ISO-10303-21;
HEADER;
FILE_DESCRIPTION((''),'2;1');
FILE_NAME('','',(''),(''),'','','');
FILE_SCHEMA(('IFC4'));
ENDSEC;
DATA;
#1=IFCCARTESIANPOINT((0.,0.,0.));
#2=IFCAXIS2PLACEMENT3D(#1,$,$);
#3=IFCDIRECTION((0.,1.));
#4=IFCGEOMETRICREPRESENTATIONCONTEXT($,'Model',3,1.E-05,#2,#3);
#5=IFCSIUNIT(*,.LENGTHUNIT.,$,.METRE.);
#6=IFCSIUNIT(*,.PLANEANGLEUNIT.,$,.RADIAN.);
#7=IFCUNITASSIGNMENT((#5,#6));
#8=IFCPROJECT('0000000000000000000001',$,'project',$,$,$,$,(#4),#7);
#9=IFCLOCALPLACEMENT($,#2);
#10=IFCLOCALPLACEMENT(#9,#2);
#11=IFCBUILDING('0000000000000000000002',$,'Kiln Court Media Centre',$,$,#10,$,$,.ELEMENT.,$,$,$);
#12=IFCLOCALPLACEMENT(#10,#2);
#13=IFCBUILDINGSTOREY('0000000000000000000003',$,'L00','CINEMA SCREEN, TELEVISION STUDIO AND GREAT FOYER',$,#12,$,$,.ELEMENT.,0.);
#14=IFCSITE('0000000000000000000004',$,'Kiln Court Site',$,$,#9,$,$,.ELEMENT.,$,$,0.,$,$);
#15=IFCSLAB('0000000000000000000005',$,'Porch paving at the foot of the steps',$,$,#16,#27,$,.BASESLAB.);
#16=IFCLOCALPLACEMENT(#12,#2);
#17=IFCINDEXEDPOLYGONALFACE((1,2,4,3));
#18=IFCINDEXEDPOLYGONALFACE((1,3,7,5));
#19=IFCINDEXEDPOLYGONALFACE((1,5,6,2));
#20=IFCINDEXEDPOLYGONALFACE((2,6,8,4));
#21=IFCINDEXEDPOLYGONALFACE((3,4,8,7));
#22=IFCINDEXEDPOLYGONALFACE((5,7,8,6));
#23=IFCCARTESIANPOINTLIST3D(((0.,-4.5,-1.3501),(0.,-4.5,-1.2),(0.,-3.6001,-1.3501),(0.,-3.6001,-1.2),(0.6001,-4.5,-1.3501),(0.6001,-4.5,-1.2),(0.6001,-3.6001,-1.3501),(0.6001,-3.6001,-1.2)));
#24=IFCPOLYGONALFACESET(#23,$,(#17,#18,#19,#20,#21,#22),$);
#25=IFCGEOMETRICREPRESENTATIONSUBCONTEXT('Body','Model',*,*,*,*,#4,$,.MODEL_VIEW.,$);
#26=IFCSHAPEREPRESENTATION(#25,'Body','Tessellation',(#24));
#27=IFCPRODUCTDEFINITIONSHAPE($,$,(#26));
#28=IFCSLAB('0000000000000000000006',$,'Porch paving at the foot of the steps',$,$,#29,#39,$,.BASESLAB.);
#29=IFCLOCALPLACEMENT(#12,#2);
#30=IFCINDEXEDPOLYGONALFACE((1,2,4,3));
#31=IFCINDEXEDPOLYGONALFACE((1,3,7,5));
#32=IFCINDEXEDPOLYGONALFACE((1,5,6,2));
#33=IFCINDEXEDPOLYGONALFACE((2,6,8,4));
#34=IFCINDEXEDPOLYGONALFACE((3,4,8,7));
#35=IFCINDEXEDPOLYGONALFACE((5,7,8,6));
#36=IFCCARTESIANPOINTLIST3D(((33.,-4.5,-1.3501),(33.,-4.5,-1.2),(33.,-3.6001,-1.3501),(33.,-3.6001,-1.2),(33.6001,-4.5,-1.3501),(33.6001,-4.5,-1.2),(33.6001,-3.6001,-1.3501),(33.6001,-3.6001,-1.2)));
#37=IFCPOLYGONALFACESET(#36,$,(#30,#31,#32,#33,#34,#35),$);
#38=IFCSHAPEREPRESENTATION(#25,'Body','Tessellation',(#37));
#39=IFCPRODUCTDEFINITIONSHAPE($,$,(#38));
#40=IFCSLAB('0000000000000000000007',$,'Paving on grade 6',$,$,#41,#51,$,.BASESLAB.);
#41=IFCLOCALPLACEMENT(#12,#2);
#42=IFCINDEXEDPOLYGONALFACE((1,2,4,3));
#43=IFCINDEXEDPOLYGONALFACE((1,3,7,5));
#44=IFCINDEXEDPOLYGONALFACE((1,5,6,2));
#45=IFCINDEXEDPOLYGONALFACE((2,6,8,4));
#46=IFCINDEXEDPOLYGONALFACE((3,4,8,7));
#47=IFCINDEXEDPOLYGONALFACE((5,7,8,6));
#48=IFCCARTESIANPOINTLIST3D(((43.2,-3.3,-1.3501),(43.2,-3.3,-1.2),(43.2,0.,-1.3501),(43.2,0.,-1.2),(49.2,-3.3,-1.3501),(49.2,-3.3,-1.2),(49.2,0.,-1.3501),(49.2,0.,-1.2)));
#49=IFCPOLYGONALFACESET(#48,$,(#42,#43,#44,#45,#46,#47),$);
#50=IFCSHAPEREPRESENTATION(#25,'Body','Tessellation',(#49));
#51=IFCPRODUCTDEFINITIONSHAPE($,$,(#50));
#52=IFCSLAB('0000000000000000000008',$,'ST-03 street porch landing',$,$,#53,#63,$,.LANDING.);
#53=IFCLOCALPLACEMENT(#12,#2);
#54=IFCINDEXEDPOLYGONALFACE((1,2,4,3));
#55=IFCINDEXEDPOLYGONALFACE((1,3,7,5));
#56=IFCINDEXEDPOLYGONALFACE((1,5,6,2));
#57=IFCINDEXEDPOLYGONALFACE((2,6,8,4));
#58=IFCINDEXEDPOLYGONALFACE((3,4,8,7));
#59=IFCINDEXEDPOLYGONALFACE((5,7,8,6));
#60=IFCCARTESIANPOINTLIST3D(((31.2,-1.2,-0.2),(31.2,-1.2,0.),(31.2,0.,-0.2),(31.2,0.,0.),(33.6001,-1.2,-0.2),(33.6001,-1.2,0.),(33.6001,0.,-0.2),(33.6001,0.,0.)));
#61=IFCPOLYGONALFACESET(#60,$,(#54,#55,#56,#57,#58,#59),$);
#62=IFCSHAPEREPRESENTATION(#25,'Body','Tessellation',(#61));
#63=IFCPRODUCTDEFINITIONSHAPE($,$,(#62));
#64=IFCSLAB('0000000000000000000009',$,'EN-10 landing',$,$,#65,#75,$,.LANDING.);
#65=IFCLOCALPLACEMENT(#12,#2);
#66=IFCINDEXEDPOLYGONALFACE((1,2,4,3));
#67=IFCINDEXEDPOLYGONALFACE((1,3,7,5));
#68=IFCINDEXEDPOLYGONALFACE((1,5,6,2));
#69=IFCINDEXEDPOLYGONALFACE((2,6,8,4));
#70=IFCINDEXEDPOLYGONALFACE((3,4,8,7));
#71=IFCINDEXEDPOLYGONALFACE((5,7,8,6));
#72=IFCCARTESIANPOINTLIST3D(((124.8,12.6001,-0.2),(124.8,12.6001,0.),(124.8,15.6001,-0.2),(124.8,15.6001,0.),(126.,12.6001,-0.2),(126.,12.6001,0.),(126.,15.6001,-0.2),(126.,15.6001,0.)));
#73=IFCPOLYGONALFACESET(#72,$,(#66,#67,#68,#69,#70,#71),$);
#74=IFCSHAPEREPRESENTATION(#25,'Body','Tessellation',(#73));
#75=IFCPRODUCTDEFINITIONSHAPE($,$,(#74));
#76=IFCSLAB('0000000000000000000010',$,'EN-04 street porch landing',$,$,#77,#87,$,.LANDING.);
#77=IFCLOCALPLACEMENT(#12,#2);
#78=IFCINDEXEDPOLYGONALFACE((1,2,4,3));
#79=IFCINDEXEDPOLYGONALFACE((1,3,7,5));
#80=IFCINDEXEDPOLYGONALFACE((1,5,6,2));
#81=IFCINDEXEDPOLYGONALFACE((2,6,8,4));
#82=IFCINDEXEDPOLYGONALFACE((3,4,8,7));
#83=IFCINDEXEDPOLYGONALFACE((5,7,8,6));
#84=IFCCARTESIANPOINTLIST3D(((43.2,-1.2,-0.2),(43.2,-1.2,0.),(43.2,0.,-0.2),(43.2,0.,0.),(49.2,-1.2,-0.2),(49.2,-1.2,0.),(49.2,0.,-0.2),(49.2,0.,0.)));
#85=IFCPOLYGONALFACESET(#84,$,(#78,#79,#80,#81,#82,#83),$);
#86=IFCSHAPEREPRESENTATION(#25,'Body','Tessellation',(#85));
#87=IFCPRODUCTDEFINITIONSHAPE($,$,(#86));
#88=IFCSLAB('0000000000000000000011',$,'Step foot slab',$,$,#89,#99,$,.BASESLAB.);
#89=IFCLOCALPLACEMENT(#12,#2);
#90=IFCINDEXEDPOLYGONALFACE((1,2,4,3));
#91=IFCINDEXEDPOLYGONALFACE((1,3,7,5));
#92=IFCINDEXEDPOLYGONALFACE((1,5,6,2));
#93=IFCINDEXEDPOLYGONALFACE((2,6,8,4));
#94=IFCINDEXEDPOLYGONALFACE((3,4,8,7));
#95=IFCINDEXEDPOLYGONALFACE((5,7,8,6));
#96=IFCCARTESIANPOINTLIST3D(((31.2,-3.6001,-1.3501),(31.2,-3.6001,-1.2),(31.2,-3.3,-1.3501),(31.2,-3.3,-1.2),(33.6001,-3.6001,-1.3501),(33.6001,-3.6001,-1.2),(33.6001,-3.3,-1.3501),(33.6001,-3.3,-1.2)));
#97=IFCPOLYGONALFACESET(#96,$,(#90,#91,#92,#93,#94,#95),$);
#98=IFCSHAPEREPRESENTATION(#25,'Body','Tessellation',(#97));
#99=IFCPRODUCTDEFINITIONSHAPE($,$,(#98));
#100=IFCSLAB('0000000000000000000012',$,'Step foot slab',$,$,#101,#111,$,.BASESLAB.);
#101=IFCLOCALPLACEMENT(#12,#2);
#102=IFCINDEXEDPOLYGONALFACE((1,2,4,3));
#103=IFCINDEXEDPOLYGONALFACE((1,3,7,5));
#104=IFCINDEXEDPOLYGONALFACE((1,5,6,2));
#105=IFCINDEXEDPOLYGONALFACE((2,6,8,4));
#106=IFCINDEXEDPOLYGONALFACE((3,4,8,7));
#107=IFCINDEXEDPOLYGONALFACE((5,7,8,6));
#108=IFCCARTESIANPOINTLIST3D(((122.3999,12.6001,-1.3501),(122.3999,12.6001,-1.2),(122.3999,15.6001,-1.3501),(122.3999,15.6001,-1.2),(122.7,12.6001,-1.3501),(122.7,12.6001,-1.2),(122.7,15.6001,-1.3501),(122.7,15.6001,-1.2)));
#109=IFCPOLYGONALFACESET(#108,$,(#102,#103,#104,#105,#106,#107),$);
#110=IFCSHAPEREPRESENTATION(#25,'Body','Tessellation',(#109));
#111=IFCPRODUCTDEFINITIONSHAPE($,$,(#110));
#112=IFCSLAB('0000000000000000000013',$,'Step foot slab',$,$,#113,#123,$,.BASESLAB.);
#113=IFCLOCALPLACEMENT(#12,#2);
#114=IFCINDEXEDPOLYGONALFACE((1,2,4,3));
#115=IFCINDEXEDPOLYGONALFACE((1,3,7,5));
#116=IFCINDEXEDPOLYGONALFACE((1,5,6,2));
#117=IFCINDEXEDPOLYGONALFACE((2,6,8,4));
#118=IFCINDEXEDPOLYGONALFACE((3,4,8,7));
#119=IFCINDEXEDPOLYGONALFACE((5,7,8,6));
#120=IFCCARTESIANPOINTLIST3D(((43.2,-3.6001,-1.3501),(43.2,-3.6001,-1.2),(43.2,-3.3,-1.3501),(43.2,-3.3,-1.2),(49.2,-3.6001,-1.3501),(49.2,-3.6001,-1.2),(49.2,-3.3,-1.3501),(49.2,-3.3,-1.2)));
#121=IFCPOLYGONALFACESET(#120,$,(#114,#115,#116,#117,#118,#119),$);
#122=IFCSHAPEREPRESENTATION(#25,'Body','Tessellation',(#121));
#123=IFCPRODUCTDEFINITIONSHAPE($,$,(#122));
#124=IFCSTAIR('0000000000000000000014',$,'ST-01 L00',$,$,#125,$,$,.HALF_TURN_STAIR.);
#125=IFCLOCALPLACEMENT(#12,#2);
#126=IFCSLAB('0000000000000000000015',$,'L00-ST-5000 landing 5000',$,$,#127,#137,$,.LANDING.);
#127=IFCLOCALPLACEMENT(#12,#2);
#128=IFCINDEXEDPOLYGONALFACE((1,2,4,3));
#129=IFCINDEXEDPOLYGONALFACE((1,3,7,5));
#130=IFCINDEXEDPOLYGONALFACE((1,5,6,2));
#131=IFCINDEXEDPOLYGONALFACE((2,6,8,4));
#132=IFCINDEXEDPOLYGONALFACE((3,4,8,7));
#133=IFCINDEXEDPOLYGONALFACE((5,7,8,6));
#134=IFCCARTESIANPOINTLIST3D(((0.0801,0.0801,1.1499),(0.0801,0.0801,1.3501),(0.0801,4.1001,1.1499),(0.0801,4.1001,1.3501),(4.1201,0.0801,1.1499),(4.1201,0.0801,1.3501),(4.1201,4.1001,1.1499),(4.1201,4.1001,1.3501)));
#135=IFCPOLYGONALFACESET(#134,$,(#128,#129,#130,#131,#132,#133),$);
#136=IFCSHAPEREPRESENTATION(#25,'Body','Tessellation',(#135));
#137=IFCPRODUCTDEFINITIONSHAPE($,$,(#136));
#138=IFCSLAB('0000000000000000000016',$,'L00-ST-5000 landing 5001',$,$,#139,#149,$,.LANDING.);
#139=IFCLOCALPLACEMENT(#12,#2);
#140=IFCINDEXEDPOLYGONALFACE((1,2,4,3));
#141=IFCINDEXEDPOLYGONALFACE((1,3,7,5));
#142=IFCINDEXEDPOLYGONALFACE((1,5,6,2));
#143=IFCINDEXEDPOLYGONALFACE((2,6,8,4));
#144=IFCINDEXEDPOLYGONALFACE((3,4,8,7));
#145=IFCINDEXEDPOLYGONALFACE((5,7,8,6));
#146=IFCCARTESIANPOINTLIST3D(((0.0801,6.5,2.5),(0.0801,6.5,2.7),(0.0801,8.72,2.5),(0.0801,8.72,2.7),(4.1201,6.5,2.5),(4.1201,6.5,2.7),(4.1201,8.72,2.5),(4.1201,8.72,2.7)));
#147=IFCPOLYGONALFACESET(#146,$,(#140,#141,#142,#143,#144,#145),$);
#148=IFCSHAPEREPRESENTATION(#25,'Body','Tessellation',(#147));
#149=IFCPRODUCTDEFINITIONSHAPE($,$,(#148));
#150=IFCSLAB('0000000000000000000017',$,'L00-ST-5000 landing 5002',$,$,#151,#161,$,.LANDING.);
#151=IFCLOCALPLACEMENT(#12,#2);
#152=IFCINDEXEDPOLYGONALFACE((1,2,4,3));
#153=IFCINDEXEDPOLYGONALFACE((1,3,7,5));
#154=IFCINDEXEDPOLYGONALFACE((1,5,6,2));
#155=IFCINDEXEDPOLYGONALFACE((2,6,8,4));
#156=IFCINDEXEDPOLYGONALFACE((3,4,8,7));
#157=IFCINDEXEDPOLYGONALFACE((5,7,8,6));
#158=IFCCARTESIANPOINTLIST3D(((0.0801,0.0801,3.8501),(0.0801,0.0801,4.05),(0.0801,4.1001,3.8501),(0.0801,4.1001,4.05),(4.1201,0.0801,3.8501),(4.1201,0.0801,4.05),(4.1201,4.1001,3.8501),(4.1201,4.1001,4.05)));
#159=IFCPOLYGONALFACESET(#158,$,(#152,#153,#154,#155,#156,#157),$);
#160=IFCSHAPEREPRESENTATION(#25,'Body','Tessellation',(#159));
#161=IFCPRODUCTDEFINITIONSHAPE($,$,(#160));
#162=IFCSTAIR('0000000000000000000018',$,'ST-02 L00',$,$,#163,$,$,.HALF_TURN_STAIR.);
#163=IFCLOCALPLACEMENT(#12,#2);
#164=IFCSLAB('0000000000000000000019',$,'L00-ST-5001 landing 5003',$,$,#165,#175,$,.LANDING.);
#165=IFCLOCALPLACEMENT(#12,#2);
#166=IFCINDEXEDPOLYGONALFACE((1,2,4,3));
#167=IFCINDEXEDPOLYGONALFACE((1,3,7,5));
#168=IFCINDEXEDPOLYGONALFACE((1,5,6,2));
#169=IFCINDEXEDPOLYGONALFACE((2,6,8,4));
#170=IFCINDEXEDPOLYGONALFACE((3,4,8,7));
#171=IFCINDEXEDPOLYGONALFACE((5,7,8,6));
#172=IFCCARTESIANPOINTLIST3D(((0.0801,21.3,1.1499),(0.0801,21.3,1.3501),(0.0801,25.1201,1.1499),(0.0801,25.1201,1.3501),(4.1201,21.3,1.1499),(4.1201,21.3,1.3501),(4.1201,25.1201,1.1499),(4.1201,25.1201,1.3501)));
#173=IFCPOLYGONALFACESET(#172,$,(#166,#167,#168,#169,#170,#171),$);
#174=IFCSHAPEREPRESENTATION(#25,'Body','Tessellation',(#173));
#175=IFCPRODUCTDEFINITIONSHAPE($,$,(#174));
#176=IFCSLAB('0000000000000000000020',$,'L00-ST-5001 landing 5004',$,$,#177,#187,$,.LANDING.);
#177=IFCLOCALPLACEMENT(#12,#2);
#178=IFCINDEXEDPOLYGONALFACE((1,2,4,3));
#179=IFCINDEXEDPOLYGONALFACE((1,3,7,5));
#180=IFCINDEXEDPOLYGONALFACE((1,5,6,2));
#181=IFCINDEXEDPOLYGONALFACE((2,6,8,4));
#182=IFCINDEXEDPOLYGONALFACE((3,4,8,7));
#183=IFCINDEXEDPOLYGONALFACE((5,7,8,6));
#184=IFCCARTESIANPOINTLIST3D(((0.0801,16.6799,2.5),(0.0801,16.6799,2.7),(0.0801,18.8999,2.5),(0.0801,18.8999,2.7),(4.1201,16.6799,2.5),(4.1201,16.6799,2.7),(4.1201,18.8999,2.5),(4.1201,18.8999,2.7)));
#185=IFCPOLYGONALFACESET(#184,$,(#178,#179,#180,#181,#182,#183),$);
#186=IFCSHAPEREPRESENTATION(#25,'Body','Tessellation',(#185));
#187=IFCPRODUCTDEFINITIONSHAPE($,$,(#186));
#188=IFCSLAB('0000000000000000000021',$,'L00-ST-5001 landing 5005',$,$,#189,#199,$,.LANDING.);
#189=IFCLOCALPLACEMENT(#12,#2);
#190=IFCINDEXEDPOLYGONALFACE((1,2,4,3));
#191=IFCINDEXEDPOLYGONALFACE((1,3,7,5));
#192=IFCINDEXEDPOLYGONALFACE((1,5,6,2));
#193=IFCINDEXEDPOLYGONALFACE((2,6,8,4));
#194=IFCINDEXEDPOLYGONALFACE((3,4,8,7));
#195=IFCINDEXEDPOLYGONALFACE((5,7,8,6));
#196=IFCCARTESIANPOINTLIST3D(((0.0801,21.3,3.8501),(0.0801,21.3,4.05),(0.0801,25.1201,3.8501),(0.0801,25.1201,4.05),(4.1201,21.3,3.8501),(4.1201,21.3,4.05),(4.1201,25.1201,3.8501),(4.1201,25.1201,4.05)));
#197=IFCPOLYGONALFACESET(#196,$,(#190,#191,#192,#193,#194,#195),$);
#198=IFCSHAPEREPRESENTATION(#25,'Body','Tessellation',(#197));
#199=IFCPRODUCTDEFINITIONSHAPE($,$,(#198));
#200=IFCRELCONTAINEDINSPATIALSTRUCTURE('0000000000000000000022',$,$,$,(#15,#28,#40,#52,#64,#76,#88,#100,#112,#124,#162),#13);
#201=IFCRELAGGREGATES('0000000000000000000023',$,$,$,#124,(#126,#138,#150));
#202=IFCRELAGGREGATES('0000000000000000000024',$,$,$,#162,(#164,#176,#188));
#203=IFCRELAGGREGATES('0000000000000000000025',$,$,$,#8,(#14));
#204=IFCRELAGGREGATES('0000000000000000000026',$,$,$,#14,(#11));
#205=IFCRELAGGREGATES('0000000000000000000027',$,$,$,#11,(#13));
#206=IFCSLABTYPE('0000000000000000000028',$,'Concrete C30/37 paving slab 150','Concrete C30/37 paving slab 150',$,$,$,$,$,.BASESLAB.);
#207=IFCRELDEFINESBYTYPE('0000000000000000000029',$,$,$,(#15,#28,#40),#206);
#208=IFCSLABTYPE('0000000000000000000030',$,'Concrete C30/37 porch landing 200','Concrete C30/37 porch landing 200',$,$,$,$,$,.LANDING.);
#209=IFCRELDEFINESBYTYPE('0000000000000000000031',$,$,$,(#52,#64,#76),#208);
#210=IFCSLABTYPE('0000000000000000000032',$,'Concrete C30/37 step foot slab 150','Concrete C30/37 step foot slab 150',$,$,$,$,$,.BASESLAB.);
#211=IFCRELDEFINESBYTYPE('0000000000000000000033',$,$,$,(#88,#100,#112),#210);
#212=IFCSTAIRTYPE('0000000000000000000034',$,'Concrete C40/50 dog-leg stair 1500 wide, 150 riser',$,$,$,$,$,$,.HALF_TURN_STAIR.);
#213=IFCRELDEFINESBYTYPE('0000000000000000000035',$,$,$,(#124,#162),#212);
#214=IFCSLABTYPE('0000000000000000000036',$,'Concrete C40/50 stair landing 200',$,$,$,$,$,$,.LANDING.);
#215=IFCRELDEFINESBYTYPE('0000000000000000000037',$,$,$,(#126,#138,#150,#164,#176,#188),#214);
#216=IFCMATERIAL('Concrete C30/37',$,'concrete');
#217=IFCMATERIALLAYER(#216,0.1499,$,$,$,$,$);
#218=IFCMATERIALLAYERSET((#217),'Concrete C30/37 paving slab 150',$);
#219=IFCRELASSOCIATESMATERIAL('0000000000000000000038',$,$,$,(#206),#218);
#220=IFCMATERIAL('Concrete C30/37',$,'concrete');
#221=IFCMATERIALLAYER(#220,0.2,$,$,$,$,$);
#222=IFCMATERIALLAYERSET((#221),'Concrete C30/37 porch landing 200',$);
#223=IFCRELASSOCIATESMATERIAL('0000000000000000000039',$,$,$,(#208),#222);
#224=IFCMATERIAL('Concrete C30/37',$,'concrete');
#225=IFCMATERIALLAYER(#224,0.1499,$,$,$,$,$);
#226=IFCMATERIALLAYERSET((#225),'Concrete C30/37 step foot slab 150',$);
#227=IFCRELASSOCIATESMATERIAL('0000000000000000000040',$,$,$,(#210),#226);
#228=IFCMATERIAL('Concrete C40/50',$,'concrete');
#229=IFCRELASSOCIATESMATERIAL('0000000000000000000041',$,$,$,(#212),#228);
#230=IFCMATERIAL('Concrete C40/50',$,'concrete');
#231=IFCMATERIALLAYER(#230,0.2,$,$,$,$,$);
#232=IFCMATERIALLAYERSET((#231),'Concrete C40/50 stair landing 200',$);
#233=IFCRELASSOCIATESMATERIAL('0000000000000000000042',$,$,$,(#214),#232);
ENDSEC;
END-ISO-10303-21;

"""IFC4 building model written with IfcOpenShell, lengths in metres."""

from ifc_helpers import new_model, si_unit, direction, frame, origin, place, context, subcontext, project, spatial, polyline, outline, extrude, material, layer, layer_set, type_object, element, aggregate, save


model = new_model("IFC4")

# Units and contexts
model_context = context("Model", 3, precision=1e-05, world=origin(), true_north=direction((0.0, 1.0)))
body_context = subcontext(model_context, "Body", "Model", "MODEL_VIEW")
ifc_project = project(units=[si_unit("LENGTHUNIT", "METRE"), si_unit("PLANEANGLEUNIT", "RADIAN")], contexts=[model_context])

# Site, building, storey
site_placement = place(None, origin())
site = spatial("IfcSite", under=ifc_project, at=site_placement, Name="Kiln Court Site", CompositionType="ELEMENT", RefElevation=0.0)
building_placement = place(site_placement, origin())
building = spatial("IfcBuilding", under=site, at=building_placement, Name="Kiln Court Media Centre", CompositionType="ELEMENT")
storey_placement = place(building_placement, origin())
storey = spatial("IfcBuildingStorey", under=building, at=storey_placement, Name="L00", Description="CINEMA SCREEN, TELEVISION STUDIO AND GREAT FOYER", CompositionType="ELEMENT", Elevation=0.0)

# Slabs
ifc_material_1 = material(Name="Concrete C30/37", Category="concrete")
ifc_layer_1 = layer(ifc_material_1, 0.1499)
ifc_layer_set_1 = layer_set([ifc_layer_1], Name="Concrete C30/37 paving slab 150")
slab_type_1 = type_object("IfcSlabType", Name="Concrete C30/37 paving slab 150", Description="Concrete C30/37 paving slab 150", PredefinedType="BASESLAB", material=ifc_layer_set_1)
slab_1_placement = place(storey_placement, frame((0.0, 0.0, -1.3501)))
element("IfcSlab", 1, at=slab_1_placement, inside=storey, type_object=slab_type_1, Name="Porch paving at the foot of the steps", PredefinedType="BASESLAB", context=body_context, shape_type="SweptSolid", body=[
    extrude(outline(polyline([(0.6001, -4.5), (0.6001, -3.6001), (0.0, -3.6001), (0.0, -4.5), (0.6001, -4.5)])), origin(), (0.0, 0.0, 1.0), 0.1501),
])
slab_2_placement = place(storey_placement, frame((0.0, 0.0, -1.3501)))
element("IfcSlab", 2, at=slab_2_placement, inside=storey, type_object=slab_type_1, Name="Porch paving at the foot of the steps", PredefinedType="BASESLAB", context=body_context, shape_type="SweptSolid", body=[
    extrude(outline(polyline([(33.0, -4.5), (33.6001, -4.5), (33.6001, -3.6001), (33.0, -3.6001), (33.0, -4.5)])), origin(), (0.0, 0.0, 1.0), 0.1501),
])
slab_3_placement = place(storey_placement, frame((0.0, 0.0, -1.3501)))
element("IfcSlab", 3, at=slab_3_placement, inside=storey, type_object=slab_type_1, Name="Paving on grade 6", PredefinedType="BASESLAB", context=body_context, shape_type="SweptSolid", body=[
    extrude(outline(polyline([(43.2, -3.3), (49.2, -3.3), (49.2, 0.0), (43.2, 0.0), (43.2, -3.3)])), origin(), (0.0, 0.0, 1.0), 0.1501),
])
ifc_material_2 = material(Name="Concrete C30/37", Category="concrete")
ifc_layer_2 = layer(ifc_material_2, 0.2)
ifc_layer_set_2 = layer_set([ifc_layer_2], Name="Concrete C30/37 porch landing 200")
slab_type_2 = type_object("IfcSlabType", Name="Concrete C30/37 porch landing 200", Description="Concrete C30/37 porch landing 200", PredefinedType="LANDING", material=ifc_layer_set_2)
slab_4_placement = place(storey_placement, frame((0.0, 0.0, -0.2)))
element("IfcSlab", 4, at=slab_4_placement, inside=storey, type_object=slab_type_2, Name="ST-03 street porch landing", PredefinedType="LANDING", context=body_context, shape_type="SweptSolid", body=[
    extrude(outline(polyline([(31.2, -1.2), (33.6001, -1.2), (33.6001, 0.0), (31.2, 0.0), (31.2, -1.2)])), origin(), (0.0, 0.0, 1.0), 0.2),
])
slab_5_placement = place(storey_placement, frame((0.0, 0.0, -0.2)))
element("IfcSlab", 5, at=slab_5_placement, inside=storey, type_object=slab_type_2, Name="EN-10 landing", PredefinedType="LANDING", context=body_context, shape_type="SweptSolid", body=[
    extrude(outline(polyline([(124.8, 12.6001), (126.0, 12.6001), (126.0, 15.6001), (124.8, 15.6001), (124.8, 12.6001)])), origin(), (0.0, 0.0, 1.0), 0.2),
])
slab_6_placement = place(storey_placement, frame((0.0, 0.0, -0.2)))
element("IfcSlab", 6, at=slab_6_placement, inside=storey, type_object=slab_type_2, Name="EN-04 street porch landing", PredefinedType="LANDING", context=body_context, shape_type="SweptSolid", body=[
    extrude(outline(polyline([(43.2, -1.2), (49.2, -1.2), (49.2, 0.0), (43.2, 0.0), (43.2, -1.2)])), origin(), (0.0, 0.0, 1.0), 0.2),
])
ifc_material_3 = material(Name="Concrete C30/37", Category="concrete")
ifc_layer_3 = layer(ifc_material_3, 0.1499)
ifc_layer_set_3 = layer_set([ifc_layer_3], Name="Concrete C30/37 step foot slab 150")
slab_type_3 = type_object("IfcSlabType", Name="Concrete C30/37 step foot slab 150", Description="Concrete C30/37 step foot slab 150", PredefinedType="BASESLAB", material=ifc_layer_set_3)
slab_7_placement = place(storey_placement, frame((0.0, 0.0, -1.3501)))
element("IfcSlab", 7, at=slab_7_placement, inside=storey, type_object=slab_type_3, Name="Step foot slab", PredefinedType="BASESLAB", context=body_context, shape_type="SweptSolid", body=[
    extrude(outline(polyline([(31.2, -3.6001), (33.6001, -3.6001), (33.6001, -3.3), (31.2, -3.3), (31.2, -3.6001)])), origin(), (0.0, 0.0, 1.0), 0.1501),
])
slab_8_placement = place(storey_placement, frame((0.0, 0.0, -1.3501)))
element("IfcSlab", 8, at=slab_8_placement, inside=storey, type_object=slab_type_3, Name="Step foot slab", PredefinedType="BASESLAB", context=body_context, shape_type="SweptSolid", body=[
    extrude(outline(polyline([(122.3999, 12.6001), (122.7, 12.6001), (122.7, 15.6001), (122.3999, 15.6001), (122.3999, 12.6001)])), origin(), (0.0, 0.0, 1.0), 0.1501),
])
slab_9_placement = place(storey_placement, frame((0.0, 0.0, -1.3501)))
element("IfcSlab", 9, at=slab_9_placement, inside=storey, type_object=slab_type_3, Name="Step foot slab", PredefinedType="BASESLAB", context=body_context, shape_type="SweptSolid", body=[
    extrude(outline(polyline([(43.2, -3.6001), (49.2, -3.6001), (49.2, -3.3), (43.2, -3.3), (43.2, -3.6001)])), origin(), (0.0, 0.0, 1.0), 0.1501),
])

# Stairs, slabs
ifc_material_4 = material(Name="Concrete C40/50", Category="concrete")
stair_type_1 = type_object("IfcStairType", Name="Concrete C40/50 dog-leg stair 1500 wide, 150 riser", PredefinedType="HALF_TURN_STAIR", material=ifc_material_4)
stair_1_placement = place(storey_placement, origin())
stair_1 = element("IfcStair", 10, at=stair_1_placement, inside=storey, type_object=stair_type_1, Name="ST-01 L00", PredefinedType="HALF_TURN_STAIR")
ifc_material_5 = material(Name="Concrete C40/50", Category="concrete")
ifc_layer_4 = layer(ifc_material_5, 0.2)
ifc_layer_set_4 = layer_set([ifc_layer_4], Name="Concrete C40/50 stair landing 200")
slab_type_4 = type_object("IfcSlabType", Name="Concrete C40/50 stair landing 200", PredefinedType="LANDING", material=ifc_layer_set_4)
slab_10_placement = place(storey_placement, frame((0.0, 0.0, 1.1499)))
slab_10 = element("IfcSlab", 11, at=slab_10_placement, type_object=slab_type_4, Name="L00-ST-5000 landing 5000", PredefinedType="LANDING", context=body_context, shape_type="SweptSolid", body=[
    extrude(outline(polyline([(0.0801, 4.1001), (0.0801, 0.0801), (4.1201, 0.0801), (4.1201, 4.1001), (0.0801, 4.1001)])), origin(), (0.0, 0.0, 1.0), 0.2002),
])
slab_11_placement = place(storey_placement, frame((0.0, 0.0, 2.5)))
slab_11 = element("IfcSlab", 12, at=slab_11_placement, type_object=slab_type_4, Name="L00-ST-5000 landing 5001", PredefinedType="LANDING", context=body_context, shape_type="SweptSolid", body=[
    extrude(outline(polyline([(0.0801, 8.72), (0.0801, 6.5), (4.1201, 6.5), (4.1201, 8.72), (0.0801, 8.72)])), origin(), (0.0, 0.0, 1.0), 0.2),
])
slab_12_placement = place(storey_placement, frame((0.0, 0.0, 3.8501)))
slab_12 = element("IfcSlab", 13, at=slab_12_placement, type_object=slab_type_4, Name="L00-ST-5000 landing 5002", PredefinedType="LANDING", context=body_context, shape_type="SweptSolid", body=[
    extrude(outline(polyline([(0.0801, 4.1001), (0.0801, 0.0801), (4.1201, 0.0801), (4.1201, 4.1001), (0.0801, 4.1001)])), origin(), (0.0, 0.0, 1.0), 0.2),
])
aggregate(stair_1, [slab_10, slab_11, slab_12])
stair_2_placement = place(storey_placement, origin())
stair_2 = element("IfcStair", 14, at=stair_2_placement, inside=storey, type_object=stair_type_1, Name="ST-02 L00", PredefinedType="HALF_TURN_STAIR")
slab_13_placement = place(storey_placement, frame((0.0, 0.0, 1.1499)))
slab_13 = element("IfcSlab", 15, at=slab_13_placement, type_object=slab_type_4, Name="L00-ST-5001 landing 5003", PredefinedType="LANDING", context=body_context, shape_type="SweptSolid", body=[
    extrude(outline(polyline([(4.1201, 21.3), (4.1201, 25.1201), (0.0801, 25.1201), (0.0801, 21.3), (4.1201, 21.3)])), origin(), (0.0, 0.0, 1.0), 0.2002),
])
slab_14_placement = place(storey_placement, frame((0.0, 0.0, 2.5)))
slab_14 = element("IfcSlab", 16, at=slab_14_placement, type_object=slab_type_4, Name="L00-ST-5001 landing 5004", PredefinedType="LANDING", context=body_context, shape_type="SweptSolid", body=[
    extrude(outline(polyline([(4.1201, 16.6799), (4.1201, 18.8999), (0.0801, 18.8999), (0.0801, 16.6799), (4.1201, 16.6799)])), origin(), (0.0, 0.0, 1.0), 0.2),
])
slab_15_placement = place(storey_placement, frame((0.0, 0.0, 3.8501)))
slab_15 = element("IfcSlab", 17, at=slab_15_placement, type_object=slab_type_4, Name="L00-ST-5001 landing 5005", PredefinedType="LANDING", context=body_context, shape_type="SweptSolid", body=[
    extrude(outline(polyline([(4.1201, 21.3), (4.1201, 25.1201), (0.0801, 25.1201), (0.0801, 21.3), (4.1201, 21.3)])), origin(), (0.0, 0.0, 1.0), 0.2),
])
aggregate(stair_2, [slab_13, slab_14, slab_15])

save(model, "model.ifc")
